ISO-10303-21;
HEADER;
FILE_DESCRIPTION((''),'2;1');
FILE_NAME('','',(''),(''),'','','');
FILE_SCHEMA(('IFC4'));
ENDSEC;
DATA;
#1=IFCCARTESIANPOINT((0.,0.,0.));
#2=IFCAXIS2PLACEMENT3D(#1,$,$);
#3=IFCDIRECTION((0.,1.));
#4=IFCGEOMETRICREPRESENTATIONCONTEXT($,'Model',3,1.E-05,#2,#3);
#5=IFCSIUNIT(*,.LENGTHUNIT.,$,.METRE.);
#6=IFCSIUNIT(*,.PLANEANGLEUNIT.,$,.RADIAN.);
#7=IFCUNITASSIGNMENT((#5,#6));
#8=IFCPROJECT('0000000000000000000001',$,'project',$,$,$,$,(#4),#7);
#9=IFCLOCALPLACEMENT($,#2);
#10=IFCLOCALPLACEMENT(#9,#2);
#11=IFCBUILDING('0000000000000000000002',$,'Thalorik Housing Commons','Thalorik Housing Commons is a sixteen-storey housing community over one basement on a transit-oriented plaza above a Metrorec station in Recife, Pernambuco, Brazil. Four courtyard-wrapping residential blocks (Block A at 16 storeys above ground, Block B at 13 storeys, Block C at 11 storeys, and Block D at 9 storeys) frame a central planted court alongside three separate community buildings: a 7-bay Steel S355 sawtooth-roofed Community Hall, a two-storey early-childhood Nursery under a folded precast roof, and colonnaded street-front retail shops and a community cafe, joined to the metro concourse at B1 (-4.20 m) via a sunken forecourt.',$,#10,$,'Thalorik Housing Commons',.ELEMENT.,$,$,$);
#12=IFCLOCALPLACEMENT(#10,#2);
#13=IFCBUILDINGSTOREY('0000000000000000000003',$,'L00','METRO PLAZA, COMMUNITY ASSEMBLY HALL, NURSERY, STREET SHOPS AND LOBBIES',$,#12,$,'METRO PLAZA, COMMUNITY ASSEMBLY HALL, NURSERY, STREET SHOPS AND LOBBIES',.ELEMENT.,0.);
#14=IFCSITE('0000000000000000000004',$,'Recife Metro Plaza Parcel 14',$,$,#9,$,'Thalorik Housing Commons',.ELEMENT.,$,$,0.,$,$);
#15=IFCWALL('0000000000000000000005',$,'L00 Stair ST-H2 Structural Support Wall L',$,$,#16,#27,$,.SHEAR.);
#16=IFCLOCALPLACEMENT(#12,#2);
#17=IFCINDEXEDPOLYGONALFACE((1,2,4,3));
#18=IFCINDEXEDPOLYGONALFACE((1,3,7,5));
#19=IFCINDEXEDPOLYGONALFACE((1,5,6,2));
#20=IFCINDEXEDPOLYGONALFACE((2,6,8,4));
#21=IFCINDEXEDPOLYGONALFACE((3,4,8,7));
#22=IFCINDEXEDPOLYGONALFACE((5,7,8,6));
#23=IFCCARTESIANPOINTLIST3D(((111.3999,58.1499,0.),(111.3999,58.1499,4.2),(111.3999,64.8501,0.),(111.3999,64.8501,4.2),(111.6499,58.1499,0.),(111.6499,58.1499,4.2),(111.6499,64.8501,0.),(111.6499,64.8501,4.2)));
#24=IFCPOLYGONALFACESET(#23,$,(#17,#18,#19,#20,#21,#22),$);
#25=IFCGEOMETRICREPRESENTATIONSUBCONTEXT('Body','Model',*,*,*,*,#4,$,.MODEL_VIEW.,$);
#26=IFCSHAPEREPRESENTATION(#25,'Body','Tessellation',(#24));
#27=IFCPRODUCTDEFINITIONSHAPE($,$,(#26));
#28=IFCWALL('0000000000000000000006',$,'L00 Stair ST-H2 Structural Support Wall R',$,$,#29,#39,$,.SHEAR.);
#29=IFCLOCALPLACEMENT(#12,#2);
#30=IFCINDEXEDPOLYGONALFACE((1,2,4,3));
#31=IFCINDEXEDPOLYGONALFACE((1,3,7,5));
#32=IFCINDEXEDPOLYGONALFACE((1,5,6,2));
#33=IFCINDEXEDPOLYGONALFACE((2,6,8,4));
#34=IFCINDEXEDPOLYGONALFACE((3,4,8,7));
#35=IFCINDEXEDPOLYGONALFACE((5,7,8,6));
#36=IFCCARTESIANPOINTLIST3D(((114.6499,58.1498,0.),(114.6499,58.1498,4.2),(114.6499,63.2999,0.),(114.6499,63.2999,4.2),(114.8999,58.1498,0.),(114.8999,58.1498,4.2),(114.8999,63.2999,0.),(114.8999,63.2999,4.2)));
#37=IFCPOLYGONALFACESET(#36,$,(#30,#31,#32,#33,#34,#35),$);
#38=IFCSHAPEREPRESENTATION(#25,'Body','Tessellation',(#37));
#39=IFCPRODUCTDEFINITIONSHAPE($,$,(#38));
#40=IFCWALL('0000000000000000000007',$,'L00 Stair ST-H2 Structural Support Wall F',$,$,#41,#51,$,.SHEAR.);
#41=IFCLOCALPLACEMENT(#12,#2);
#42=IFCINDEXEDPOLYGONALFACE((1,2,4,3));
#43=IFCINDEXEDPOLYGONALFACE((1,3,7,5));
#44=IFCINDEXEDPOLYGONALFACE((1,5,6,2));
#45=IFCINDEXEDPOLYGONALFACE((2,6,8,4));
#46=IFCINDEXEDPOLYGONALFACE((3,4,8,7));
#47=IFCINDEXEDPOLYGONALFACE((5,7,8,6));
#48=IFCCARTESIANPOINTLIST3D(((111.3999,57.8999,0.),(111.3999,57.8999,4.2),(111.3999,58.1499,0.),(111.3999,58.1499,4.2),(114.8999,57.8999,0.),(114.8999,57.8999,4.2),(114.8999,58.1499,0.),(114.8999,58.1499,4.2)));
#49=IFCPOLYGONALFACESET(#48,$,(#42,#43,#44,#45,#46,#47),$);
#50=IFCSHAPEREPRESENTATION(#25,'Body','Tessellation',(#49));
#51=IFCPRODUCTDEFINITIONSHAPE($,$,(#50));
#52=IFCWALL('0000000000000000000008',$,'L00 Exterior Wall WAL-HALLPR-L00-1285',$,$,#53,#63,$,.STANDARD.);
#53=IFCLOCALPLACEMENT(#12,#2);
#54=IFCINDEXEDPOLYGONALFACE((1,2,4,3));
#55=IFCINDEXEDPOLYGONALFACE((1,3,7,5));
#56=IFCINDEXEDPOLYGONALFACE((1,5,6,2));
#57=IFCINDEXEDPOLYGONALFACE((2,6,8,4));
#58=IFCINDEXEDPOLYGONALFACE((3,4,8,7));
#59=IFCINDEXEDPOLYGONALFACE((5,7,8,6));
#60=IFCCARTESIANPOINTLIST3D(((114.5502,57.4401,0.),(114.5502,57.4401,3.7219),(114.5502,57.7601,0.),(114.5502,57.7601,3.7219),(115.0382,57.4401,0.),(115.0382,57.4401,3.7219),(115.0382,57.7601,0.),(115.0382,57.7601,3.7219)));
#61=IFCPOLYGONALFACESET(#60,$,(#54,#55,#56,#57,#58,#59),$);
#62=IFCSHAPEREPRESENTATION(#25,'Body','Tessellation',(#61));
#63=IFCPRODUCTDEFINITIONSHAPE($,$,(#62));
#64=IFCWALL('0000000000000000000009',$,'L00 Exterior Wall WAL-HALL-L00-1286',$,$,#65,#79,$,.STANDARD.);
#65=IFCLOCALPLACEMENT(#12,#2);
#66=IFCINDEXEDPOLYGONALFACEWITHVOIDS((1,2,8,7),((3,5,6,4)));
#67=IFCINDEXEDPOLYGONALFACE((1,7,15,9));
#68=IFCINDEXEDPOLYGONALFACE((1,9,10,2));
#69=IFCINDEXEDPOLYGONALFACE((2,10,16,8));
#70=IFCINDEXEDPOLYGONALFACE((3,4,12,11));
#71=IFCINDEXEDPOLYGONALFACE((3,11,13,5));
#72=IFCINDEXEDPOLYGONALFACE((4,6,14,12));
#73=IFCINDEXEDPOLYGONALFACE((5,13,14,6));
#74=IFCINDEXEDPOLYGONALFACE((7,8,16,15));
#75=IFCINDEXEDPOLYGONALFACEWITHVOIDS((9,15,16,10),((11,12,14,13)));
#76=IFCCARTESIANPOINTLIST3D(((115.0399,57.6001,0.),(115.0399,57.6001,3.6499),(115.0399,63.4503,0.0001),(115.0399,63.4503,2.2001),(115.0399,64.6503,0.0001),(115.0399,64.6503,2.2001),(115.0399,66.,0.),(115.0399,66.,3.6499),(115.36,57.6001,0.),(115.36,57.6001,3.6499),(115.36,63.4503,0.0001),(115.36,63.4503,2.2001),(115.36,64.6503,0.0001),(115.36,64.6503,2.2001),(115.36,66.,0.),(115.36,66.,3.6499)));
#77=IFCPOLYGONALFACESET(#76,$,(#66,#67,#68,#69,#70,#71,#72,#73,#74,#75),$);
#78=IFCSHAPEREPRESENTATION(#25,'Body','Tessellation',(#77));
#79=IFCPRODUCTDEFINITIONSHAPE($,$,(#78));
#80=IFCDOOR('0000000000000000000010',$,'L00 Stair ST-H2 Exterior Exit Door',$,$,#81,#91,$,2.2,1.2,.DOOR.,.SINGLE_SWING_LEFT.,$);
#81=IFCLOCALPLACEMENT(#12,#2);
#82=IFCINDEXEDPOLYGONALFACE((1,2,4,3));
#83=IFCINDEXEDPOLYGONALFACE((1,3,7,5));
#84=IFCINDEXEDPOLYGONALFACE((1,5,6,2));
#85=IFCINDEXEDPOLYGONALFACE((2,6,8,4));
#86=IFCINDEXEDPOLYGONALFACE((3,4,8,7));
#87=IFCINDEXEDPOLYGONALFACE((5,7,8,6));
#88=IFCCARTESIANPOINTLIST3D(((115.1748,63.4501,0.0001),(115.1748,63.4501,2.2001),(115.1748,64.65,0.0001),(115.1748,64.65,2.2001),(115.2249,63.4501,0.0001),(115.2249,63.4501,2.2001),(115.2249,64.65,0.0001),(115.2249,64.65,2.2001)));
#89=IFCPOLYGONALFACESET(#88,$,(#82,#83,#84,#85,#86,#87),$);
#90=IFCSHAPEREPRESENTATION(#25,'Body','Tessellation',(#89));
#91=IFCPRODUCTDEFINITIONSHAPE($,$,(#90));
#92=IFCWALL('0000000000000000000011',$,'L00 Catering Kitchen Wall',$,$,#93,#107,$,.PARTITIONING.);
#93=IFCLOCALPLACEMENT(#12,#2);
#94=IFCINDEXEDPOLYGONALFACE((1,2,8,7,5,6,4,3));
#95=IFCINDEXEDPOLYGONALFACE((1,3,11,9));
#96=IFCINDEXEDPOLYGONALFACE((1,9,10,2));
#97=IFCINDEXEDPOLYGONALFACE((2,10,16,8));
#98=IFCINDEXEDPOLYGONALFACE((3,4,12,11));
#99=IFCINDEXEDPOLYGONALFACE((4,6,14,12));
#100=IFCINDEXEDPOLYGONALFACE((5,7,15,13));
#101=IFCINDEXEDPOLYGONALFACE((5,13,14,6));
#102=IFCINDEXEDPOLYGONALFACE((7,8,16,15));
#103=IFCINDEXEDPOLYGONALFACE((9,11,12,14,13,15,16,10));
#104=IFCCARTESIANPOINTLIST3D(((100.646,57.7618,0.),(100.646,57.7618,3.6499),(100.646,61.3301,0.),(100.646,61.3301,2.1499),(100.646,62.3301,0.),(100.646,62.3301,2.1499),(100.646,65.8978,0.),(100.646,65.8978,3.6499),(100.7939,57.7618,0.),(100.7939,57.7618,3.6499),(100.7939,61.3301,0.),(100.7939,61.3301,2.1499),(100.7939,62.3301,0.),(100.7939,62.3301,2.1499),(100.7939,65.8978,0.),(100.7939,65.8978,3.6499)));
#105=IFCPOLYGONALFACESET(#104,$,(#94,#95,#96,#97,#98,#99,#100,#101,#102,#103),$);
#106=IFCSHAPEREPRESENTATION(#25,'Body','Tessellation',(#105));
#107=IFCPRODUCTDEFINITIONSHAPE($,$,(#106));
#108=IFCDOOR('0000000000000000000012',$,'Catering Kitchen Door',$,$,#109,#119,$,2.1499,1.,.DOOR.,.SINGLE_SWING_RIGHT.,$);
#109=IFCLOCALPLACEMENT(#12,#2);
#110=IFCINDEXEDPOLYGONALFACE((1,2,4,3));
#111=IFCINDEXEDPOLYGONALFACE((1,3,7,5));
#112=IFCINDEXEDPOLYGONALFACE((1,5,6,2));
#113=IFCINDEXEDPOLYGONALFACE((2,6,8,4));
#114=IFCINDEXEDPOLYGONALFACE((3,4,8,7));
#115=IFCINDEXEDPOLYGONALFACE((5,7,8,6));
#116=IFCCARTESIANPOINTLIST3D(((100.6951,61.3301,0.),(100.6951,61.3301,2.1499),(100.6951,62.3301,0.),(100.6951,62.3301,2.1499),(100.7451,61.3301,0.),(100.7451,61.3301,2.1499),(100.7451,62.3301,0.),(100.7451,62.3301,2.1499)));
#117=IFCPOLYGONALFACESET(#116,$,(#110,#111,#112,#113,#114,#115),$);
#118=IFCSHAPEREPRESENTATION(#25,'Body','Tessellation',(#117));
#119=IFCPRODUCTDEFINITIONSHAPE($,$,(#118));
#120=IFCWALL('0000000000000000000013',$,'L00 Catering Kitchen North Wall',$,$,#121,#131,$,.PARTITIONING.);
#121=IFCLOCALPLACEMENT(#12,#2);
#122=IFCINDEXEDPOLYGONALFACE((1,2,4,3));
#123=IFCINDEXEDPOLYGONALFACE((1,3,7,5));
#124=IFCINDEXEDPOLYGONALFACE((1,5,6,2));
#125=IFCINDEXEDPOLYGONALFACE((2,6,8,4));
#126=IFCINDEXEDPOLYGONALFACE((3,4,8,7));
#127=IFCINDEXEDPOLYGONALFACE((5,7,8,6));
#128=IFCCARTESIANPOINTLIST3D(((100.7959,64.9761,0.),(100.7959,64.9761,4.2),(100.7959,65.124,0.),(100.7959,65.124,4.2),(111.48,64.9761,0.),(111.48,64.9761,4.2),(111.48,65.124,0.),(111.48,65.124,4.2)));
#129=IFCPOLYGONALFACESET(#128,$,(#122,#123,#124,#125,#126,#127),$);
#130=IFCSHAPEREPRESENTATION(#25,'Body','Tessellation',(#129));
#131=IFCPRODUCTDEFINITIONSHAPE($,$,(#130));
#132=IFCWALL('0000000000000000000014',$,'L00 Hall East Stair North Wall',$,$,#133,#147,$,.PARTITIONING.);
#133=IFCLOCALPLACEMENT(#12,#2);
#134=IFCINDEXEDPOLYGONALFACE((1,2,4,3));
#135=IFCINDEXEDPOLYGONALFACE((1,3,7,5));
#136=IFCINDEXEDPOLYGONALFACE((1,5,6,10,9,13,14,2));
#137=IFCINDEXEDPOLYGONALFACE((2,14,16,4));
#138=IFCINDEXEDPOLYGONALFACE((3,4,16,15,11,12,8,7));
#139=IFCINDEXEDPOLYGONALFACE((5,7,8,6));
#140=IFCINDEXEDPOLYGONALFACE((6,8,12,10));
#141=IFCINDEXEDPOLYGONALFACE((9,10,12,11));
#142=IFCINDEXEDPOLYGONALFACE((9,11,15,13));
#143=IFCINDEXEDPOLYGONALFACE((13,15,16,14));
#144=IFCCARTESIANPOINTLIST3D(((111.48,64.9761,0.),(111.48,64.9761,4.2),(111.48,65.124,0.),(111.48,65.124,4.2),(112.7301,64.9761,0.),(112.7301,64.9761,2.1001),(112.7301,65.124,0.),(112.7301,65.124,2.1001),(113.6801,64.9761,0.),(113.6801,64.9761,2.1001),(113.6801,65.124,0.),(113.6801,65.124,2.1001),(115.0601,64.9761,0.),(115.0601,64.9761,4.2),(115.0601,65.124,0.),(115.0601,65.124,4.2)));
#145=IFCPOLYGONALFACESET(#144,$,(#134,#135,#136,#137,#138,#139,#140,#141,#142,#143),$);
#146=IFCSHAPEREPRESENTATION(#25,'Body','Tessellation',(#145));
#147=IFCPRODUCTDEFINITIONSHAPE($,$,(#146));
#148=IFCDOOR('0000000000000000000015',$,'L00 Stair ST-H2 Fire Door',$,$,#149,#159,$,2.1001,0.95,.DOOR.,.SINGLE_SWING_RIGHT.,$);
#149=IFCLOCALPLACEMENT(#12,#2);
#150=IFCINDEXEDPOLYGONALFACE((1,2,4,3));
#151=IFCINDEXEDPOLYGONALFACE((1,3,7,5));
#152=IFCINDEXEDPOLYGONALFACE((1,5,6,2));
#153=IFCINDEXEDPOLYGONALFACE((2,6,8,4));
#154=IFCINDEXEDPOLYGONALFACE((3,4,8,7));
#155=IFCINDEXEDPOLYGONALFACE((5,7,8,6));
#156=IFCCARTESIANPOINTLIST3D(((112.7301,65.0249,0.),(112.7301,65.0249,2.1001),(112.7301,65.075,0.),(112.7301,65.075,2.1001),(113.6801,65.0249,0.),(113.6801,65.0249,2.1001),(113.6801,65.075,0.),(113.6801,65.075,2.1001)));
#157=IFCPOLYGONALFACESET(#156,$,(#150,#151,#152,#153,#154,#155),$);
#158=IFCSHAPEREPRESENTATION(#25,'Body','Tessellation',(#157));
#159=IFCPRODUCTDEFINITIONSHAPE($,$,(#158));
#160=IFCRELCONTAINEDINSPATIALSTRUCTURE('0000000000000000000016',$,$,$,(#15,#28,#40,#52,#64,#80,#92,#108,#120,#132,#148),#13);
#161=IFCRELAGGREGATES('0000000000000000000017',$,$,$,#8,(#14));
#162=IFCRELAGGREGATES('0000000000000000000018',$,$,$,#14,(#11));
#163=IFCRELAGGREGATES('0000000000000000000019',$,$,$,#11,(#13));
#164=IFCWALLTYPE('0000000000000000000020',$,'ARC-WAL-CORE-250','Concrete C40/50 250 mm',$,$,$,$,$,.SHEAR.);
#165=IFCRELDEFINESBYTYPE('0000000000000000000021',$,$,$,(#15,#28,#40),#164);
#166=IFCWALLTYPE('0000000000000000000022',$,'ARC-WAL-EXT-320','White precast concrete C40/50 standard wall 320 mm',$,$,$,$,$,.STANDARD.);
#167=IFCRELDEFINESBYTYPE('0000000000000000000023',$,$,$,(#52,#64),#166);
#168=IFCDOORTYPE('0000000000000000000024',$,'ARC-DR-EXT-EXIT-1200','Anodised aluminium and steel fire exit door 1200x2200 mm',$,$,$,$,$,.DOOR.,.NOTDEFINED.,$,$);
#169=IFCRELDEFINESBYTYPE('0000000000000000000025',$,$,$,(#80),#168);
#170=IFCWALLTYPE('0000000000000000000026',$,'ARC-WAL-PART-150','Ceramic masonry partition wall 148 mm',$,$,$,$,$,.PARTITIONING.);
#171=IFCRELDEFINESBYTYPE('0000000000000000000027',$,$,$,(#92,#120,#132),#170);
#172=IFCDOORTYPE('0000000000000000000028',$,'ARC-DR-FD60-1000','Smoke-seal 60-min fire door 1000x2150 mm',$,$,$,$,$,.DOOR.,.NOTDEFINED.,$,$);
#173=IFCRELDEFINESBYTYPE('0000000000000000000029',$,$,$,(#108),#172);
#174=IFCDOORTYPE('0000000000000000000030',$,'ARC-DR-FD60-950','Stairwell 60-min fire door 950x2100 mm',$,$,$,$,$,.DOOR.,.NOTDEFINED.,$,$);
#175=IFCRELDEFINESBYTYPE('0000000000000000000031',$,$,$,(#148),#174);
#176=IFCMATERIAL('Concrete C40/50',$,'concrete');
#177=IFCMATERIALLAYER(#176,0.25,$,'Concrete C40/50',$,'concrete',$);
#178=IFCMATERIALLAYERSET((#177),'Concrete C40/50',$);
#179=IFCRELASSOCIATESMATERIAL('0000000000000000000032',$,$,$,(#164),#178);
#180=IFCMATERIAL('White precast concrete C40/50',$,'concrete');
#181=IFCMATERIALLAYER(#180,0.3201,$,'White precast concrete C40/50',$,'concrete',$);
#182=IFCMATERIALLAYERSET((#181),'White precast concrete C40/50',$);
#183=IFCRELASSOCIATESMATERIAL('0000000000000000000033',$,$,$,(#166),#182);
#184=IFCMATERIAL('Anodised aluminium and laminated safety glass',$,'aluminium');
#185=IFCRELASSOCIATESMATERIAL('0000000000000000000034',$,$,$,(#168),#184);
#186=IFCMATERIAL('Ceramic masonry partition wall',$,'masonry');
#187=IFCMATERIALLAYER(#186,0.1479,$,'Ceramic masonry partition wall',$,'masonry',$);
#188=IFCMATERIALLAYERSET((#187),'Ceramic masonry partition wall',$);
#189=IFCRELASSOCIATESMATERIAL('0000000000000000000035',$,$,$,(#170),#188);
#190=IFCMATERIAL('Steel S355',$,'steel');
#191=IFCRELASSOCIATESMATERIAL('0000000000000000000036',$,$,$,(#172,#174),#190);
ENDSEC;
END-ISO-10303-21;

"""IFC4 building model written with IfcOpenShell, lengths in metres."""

from ifc_helpers import new_model, si_unit, direction, frame, frame_2d, origin, place, context, subcontext, project, spatial, rectangle, extrude, material, layer, layer_set, type_object, element, fill, save


model = new_model("IFC4")

# Units and contexts
model_context = context("Model", 3, precision=1e-05, world=origin(), true_north=direction((0.0, 1.0)))
body_context = subcontext(model_context, "Body", "Model", "MODEL_VIEW")
ifc_project = project(units=[si_unit("LENGTHUNIT", "METRE"), si_unit("PLANEANGLEUNIT", "RADIAN")], contexts=[model_context])

# Site, building, storey
site_placement = place(None, origin())
site = spatial("IfcSite", under=ifc_project, at=site_placement, Name="Recife Metro Plaza Parcel 14", LongName="Thalorik Housing Commons", CompositionType="ELEMENT", RefElevation=0.0)
building_placement = place(site_placement, origin())
building = spatial("IfcBuilding", under=site, at=building_placement, Name="Thalorik Housing Commons", Description="Thalorik Housing Commons is a sixteen-storey housing community over one basement on a transit-oriented plaza above a Metrorec station in Recife, Pernambuco, Brazil. Four courtyard-wrapping residential blocks (Block A at 16 storeys above ground, Block B at 13 storeys, Block C at 11 storeys, and Block D at 9 storeys) frame a central planted court alongside three separate community buildings: a 7-bay Steel S355 sawtooth-roofed Community Hall, a two-storey early-childhood Nursery under a folded precast roof, and colonnaded street-front retail shops and a community cafe, joined to the metro concourse at B1 (-4.20 m) via a sunken forecourt.", LongName="Thalorik Housing Commons", CompositionType="ELEMENT")
storey_placement = place(building_placement, origin())
storey = spatial("IfcBuildingStorey", under=building, at=storey_placement, Name="L00", Description="METRO PLAZA, COMMUNITY ASSEMBLY HALL, NURSERY, STREET SHOPS AND LOBBIES", LongName="METRO PLAZA, COMMUNITY ASSEMBLY HALL, NURSERY, STREET SHOPS AND LOBBIES", CompositionType="ELEMENT", Elevation=0.0)

# Shared definitions
ifc_material_1 = material(Name="Steel S355", Category="steel")

# Walls
ifc_material_2 = material(Name="Concrete C40/50", Category="concrete")
ifc_layer_1 = layer(ifc_material_2, 0.25, Name="Concrete C40/50", Category="concrete")
ifc_layer_set_1 = layer_set([ifc_layer_1], Name="Concrete C40/50")
wall_type_1 = type_object("IfcWallType", Name="ARC-WAL-CORE-250", Description="Concrete C40/50 250 mm", PredefinedType="SHEAR", material=ifc_layer_set_1)
wall_1_placement = place(storey_placement, frame((111.5249, 64.8501, 0.0), z_axis=(0.0, 0.0, 1.0), x_axis=(0.0, -1.0, 0.0)))
element("IfcWall", 1, at=wall_1_placement, inside=storey, type_object=wall_type_1, Name="L00 Stair ST-H2 Structural Support Wall L", PredefinedType="SHEAR", context=body_context, shape_type="SweptSolid", body=[
    extrude(rectangle(XDim=6.7002, YDim=0.25, at=frame_2d((3.3501, 0.0))), origin(), (0.0, 0.0, 1.0), 4.2),
])
wall_2_placement = place(storey_placement, frame((114.7749, 63.3, 0.0), z_axis=(0.0, 0.0, 1.0), x_axis=(0.0, -1.0, 0.0)))
element("IfcWall", 2, at=wall_2_placement, inside=storey, type_object=wall_type_1, Name="L00 Stair ST-H2 Structural Support Wall R", PredefinedType="SHEAR", context=body_context, shape_type="SweptSolid", body=[
    extrude(rectangle(XDim=5.1501, YDim=0.25, at=frame_2d((2.5752, 0.0))), origin(), (0.0, 0.0, 1.0), 4.2),
])
wall_3_placement = place(storey_placement, frame((111.3999, 58.0249, 0.0), z_axis=(0.0, 0.0, 1.0), x_axis=(1.0, 0.0, 0.0)))
element("IfcWall", 3, at=wall_3_placement, inside=storey, type_object=wall_type_1, Name="L00 Stair ST-H2 Structural Support Wall F", PredefinedType="SHEAR", context=body_context, shape_type="SweptSolid", body=[
    extrude(rectangle(XDim=3.5, YDim=0.25, at=frame_2d((1.75, 0.0))), origin(), (0.0, 0.0, 1.0), 4.2),
])
ifc_material_3 = material(Name="White precast concrete C40/50", Category="concrete")
ifc_layer_2 = layer(ifc_material_3, 0.3201, Name="White precast concrete C40/50", Category="concrete")
ifc_layer_set_2 = layer_set([ifc_layer_2], Name="White precast concrete C40/50")
wall_type_2 = type_object("IfcWallType", Name="ARC-WAL-EXT-320", Description="White precast concrete C40/50 standard wall 320 mm", PredefinedType="STANDARD", material=ifc_layer_set_2)
wall_4_placement = place(storey_placement, frame((114.55, 57.6001, 0.0), z_axis=(0.0, 0.0, 1.0), x_axis=(1.0, 0.0, 0.0)))
element("IfcWall", 4, at=wall_4_placement, inside=storey, type_object=wall_type_2, Name="L00 Exterior Wall WAL-HALLPR-L00-1285", PredefinedType="STANDARD", context=body_context, shape_type="SweptSolid", body=[
    extrude(rectangle(XDim=0.488, YDim=0.3201, at=frame_2d((0.2441, 0.0))), origin(), (0.0, 0.0, 1.0), 3.7219),
])

# Walls, openings, doors
wall_5_placement = place(storey_placement, frame((115.2, 57.6001, 0.0), z_axis=(0.0, 0.0, 1.0), x_axis=(0.0, 1.0, 0.0)))
wall_5 = element("IfcWall", 5, at=wall_5_placement, inside=storey, type_object=wall_type_2, Name="L00 Exterior Wall WAL-HALL-L00-1286", PredefinedType="STANDARD", context=body_context, shape_type="SweptSolid", body=[
    extrude(rectangle(XDim=8.3999, YDim=0.3201, at=frame_2d((4.2, 0.0))), origin(), (0.0, 0.0, 1.0), 3.6499),
])
opening_1_placement = place(wall_5_placement, frame((5.8501, 0.0, 0.0)))
opening_1 = element("IfcOpeningElement", 6, at=opening_1_placement, cuts=wall_5, PredefinedType="OPENING", context=body_context, shape_type="SweptSolid", body=[
    extrude(rectangle(XDim=1.2, YDim=2.2, at=frame_2d((0.6001, 1.1001))), frame((0.0, 0.1699, 0.0), z_axis=(0.0, -1.0, 0.0), x_axis=(1.0, 0.0, 0.0)), (0.0, 0.0, 1.0), 0.3401),
])
ifc_material_4 = material(Name="Anodised aluminium and laminated safety glass", Category="aluminium")
door_type_1 = type_object("IfcDoorType", Name="ARC-DR-EXT-EXIT-1200", Description="Anodised aluminium and steel fire exit door 1200x2200 mm", OperationType="NOTDEFINED", PredefinedType="DOOR", material=ifc_material_4)
door_1_placement = place(opening_1_placement, frame((1.2, 0.0, 0.0), z_axis=(0.0, 0.0, 1.0), x_axis=(-1.0, 0.0, 0.0)))
door_1 = element("IfcDoor", 7, at=door_1_placement, inside=storey, type_object=door_type_1, Name="L00 Stair ST-H2 Exterior Exit Door", OperationType="SINGLE_SWING_LEFT", OverallHeight=2.2, OverallWidth=1.2, PredefinedType="DOOR", context=body_context, shape_type="SweptSolid", body=[
    extrude(rectangle(XDim=1.2, YDim=2.2, at=frame_2d((0.6001, 1.1001))), frame((0.0, 0.0249, 0.0), z_axis=(0.0, -1.0, 0.0), x_axis=(1.0, 0.0, 0.0)), (0.0, 0.0, 1.0), 0.05),
])
fill(opening_1, door_1)
ifc_material_5 = material(Name="Ceramic masonry partition wall", Category="masonry")
ifc_layer_3 = layer(ifc_material_5, 0.1479, Name="Ceramic masonry partition wall", Category="masonry")
ifc_layer_set_3 = layer_set([ifc_layer_3], Name="Ceramic masonry partition wall")
wall_type_3 = type_object("IfcWallType", Name="ARC-WAL-PART-150", Description="Ceramic masonry partition wall 148 mm", PredefinedType="PARTITIONING", material=ifc_layer_set_3)
wall_6_placement = place(storey_placement, frame((100.72, 57.762, 0.0), z_axis=(0.0, 0.0, 1.0), x_axis=(0.0, 1.0, 0.0)))
wall_6 = element("IfcWall", 8, at=wall_6_placement, inside=storey, type_object=wall_type_3, Name="L00 Catering Kitchen Wall", PredefinedType="PARTITIONING", context=body_context, shape_type="SweptSolid", body=[
    extrude(rectangle(XDim=8.136, YDim=0.1479, at=frame_2d((4.0679, 0.0))), origin(), (0.0, 0.0, 1.0), 3.6499),
])
opening_2_placement = place(wall_6_placement, frame((3.5681, 0.0, 0.0)))
opening_2 = element("IfcOpeningElement", 9, at=opening_2_placement, cuts=wall_6, PredefinedType="OPENING", context=body_context, shape_type="SweptSolid", body=[
    extrude(rectangle(XDim=1.0, YDim=2.1499, at=frame_2d((0.5, 1.075))), frame((0.0, 0.084, 0.0), z_axis=(0.0, -1.0, 0.0), x_axis=(1.0, 0.0, 0.0)), (0.0, 0.0, 1.0), 0.168),
])
door_type_2 = type_object("IfcDoorType", Name="ARC-DR-FD60-1000", Description="Smoke-seal 60-min fire door 1000x2150 mm", OperationType="NOTDEFINED", PredefinedType="DOOR", material=ifc_material_1)
door_2_placement = place(opening_2_placement, origin())
door_2 = element("IfcDoor", 10, at=door_2_placement, inside=storey, type_object=door_type_2, Name="Catering Kitchen Door", OperationType="SINGLE_SWING_RIGHT", OverallHeight=2.1499, OverallWidth=1.0, PredefinedType="DOOR", context=body_context, shape_type="SweptSolid", body=[
    extrude(rectangle(XDim=1.0, YDim=2.1499, at=frame_2d((0.5, 1.075))), frame((0.0, 0.0249, 0.0), z_axis=(0.0, -1.0, 0.0), x_axis=(1.0, 0.0, 0.0)), (0.0, 0.0, 1.0), 0.05),
])
fill(opening_2, door_2)

# Wall
wall_7_placement = place(storey_placement, frame((100.7959, 65.05, 0.0), z_axis=(0.0, 0.0, 1.0), x_axis=(1.0, 0.0, 0.0)))
element("IfcWall", 11, at=wall_7_placement, inside=storey, type_object=wall_type_3, Name="L00 Catering Kitchen North Wall", PredefinedType="PARTITIONING", context=body_context, shape_type="SweptSolid", body=[
    extrude(rectangle(XDim=10.6841, YDim=0.1479, at=frame_2d((5.342, 0.0))), origin(), (0.0, 0.0, 1.0), 4.2),
])

# Wall, opening, door
wall_8_placement = place(storey_placement, frame((111.48, 65.05, 0.0), z_axis=(0.0, 0.0, 1.0), x_axis=(1.0, 0.0, 0.0)))
wall_8 = element("IfcWall", 12, at=wall_8_placement, inside=storey, type_object=wall_type_3, Name="L00 Hall East Stair North Wall", PredefinedType="PARTITIONING", context=body_context, shape_type="SweptSolid", body=[
    extrude(rectangle(XDim=3.5801, YDim=0.1479, at=frame_2d((1.79, 0.0))), origin(), (0.0, 0.0, 1.0), 4.2),
])
opening_3_placement = place(wall_8_placement, frame((1.25, 0.0, 0.0)))
opening_3 = element("IfcOpeningElement", 13, at=opening_3_placement, cuts=wall_8, PredefinedType="OPENING", context=body_context, shape_type="SweptSolid", body=[
    extrude(rectangle(XDim=0.95, YDim=2.1001, at=frame_2d((0.4751, 1.05))), frame((0.0, 0.084, 0.0), z_axis=(0.0, -1.0, 0.0), x_axis=(1.0, 0.0, 0.0)), (0.0, 0.0, 1.0), 0.168),
])
door_type_3 = type_object("IfcDoorType", Name="ARC-DR-FD60-950", Description="Stairwell 60-min fire door 950x2100 mm", OperationType="NOTDEFINED", PredefinedType="DOOR", material=ifc_material_1)
door_3_placement = place(opening_3_placement, origin())
door_3 = element("IfcDoor", 14, at=door_3_placement, inside=storey, type_object=door_type_3, Name="L00 Stair ST-H2 Fire Door", OperationType="SINGLE_SWING_RIGHT", OverallHeight=2.1001, OverallWidth=0.95, PredefinedType="DOOR", context=body_context, shape_type="SweptSolid", body=[
    extrude(rectangle(XDim=0.95, YDim=2.1001, at=frame_2d((0.4751, 1.05))), frame((0.0, 0.0249, 0.0), z_axis=(0.0, -1.0, 0.0), x_axis=(1.0, 0.0, 0.0)), (0.0, 0.0, 1.0), 0.05),
])
fill(opening_3, door_3)

save(model, "model.ifc")
